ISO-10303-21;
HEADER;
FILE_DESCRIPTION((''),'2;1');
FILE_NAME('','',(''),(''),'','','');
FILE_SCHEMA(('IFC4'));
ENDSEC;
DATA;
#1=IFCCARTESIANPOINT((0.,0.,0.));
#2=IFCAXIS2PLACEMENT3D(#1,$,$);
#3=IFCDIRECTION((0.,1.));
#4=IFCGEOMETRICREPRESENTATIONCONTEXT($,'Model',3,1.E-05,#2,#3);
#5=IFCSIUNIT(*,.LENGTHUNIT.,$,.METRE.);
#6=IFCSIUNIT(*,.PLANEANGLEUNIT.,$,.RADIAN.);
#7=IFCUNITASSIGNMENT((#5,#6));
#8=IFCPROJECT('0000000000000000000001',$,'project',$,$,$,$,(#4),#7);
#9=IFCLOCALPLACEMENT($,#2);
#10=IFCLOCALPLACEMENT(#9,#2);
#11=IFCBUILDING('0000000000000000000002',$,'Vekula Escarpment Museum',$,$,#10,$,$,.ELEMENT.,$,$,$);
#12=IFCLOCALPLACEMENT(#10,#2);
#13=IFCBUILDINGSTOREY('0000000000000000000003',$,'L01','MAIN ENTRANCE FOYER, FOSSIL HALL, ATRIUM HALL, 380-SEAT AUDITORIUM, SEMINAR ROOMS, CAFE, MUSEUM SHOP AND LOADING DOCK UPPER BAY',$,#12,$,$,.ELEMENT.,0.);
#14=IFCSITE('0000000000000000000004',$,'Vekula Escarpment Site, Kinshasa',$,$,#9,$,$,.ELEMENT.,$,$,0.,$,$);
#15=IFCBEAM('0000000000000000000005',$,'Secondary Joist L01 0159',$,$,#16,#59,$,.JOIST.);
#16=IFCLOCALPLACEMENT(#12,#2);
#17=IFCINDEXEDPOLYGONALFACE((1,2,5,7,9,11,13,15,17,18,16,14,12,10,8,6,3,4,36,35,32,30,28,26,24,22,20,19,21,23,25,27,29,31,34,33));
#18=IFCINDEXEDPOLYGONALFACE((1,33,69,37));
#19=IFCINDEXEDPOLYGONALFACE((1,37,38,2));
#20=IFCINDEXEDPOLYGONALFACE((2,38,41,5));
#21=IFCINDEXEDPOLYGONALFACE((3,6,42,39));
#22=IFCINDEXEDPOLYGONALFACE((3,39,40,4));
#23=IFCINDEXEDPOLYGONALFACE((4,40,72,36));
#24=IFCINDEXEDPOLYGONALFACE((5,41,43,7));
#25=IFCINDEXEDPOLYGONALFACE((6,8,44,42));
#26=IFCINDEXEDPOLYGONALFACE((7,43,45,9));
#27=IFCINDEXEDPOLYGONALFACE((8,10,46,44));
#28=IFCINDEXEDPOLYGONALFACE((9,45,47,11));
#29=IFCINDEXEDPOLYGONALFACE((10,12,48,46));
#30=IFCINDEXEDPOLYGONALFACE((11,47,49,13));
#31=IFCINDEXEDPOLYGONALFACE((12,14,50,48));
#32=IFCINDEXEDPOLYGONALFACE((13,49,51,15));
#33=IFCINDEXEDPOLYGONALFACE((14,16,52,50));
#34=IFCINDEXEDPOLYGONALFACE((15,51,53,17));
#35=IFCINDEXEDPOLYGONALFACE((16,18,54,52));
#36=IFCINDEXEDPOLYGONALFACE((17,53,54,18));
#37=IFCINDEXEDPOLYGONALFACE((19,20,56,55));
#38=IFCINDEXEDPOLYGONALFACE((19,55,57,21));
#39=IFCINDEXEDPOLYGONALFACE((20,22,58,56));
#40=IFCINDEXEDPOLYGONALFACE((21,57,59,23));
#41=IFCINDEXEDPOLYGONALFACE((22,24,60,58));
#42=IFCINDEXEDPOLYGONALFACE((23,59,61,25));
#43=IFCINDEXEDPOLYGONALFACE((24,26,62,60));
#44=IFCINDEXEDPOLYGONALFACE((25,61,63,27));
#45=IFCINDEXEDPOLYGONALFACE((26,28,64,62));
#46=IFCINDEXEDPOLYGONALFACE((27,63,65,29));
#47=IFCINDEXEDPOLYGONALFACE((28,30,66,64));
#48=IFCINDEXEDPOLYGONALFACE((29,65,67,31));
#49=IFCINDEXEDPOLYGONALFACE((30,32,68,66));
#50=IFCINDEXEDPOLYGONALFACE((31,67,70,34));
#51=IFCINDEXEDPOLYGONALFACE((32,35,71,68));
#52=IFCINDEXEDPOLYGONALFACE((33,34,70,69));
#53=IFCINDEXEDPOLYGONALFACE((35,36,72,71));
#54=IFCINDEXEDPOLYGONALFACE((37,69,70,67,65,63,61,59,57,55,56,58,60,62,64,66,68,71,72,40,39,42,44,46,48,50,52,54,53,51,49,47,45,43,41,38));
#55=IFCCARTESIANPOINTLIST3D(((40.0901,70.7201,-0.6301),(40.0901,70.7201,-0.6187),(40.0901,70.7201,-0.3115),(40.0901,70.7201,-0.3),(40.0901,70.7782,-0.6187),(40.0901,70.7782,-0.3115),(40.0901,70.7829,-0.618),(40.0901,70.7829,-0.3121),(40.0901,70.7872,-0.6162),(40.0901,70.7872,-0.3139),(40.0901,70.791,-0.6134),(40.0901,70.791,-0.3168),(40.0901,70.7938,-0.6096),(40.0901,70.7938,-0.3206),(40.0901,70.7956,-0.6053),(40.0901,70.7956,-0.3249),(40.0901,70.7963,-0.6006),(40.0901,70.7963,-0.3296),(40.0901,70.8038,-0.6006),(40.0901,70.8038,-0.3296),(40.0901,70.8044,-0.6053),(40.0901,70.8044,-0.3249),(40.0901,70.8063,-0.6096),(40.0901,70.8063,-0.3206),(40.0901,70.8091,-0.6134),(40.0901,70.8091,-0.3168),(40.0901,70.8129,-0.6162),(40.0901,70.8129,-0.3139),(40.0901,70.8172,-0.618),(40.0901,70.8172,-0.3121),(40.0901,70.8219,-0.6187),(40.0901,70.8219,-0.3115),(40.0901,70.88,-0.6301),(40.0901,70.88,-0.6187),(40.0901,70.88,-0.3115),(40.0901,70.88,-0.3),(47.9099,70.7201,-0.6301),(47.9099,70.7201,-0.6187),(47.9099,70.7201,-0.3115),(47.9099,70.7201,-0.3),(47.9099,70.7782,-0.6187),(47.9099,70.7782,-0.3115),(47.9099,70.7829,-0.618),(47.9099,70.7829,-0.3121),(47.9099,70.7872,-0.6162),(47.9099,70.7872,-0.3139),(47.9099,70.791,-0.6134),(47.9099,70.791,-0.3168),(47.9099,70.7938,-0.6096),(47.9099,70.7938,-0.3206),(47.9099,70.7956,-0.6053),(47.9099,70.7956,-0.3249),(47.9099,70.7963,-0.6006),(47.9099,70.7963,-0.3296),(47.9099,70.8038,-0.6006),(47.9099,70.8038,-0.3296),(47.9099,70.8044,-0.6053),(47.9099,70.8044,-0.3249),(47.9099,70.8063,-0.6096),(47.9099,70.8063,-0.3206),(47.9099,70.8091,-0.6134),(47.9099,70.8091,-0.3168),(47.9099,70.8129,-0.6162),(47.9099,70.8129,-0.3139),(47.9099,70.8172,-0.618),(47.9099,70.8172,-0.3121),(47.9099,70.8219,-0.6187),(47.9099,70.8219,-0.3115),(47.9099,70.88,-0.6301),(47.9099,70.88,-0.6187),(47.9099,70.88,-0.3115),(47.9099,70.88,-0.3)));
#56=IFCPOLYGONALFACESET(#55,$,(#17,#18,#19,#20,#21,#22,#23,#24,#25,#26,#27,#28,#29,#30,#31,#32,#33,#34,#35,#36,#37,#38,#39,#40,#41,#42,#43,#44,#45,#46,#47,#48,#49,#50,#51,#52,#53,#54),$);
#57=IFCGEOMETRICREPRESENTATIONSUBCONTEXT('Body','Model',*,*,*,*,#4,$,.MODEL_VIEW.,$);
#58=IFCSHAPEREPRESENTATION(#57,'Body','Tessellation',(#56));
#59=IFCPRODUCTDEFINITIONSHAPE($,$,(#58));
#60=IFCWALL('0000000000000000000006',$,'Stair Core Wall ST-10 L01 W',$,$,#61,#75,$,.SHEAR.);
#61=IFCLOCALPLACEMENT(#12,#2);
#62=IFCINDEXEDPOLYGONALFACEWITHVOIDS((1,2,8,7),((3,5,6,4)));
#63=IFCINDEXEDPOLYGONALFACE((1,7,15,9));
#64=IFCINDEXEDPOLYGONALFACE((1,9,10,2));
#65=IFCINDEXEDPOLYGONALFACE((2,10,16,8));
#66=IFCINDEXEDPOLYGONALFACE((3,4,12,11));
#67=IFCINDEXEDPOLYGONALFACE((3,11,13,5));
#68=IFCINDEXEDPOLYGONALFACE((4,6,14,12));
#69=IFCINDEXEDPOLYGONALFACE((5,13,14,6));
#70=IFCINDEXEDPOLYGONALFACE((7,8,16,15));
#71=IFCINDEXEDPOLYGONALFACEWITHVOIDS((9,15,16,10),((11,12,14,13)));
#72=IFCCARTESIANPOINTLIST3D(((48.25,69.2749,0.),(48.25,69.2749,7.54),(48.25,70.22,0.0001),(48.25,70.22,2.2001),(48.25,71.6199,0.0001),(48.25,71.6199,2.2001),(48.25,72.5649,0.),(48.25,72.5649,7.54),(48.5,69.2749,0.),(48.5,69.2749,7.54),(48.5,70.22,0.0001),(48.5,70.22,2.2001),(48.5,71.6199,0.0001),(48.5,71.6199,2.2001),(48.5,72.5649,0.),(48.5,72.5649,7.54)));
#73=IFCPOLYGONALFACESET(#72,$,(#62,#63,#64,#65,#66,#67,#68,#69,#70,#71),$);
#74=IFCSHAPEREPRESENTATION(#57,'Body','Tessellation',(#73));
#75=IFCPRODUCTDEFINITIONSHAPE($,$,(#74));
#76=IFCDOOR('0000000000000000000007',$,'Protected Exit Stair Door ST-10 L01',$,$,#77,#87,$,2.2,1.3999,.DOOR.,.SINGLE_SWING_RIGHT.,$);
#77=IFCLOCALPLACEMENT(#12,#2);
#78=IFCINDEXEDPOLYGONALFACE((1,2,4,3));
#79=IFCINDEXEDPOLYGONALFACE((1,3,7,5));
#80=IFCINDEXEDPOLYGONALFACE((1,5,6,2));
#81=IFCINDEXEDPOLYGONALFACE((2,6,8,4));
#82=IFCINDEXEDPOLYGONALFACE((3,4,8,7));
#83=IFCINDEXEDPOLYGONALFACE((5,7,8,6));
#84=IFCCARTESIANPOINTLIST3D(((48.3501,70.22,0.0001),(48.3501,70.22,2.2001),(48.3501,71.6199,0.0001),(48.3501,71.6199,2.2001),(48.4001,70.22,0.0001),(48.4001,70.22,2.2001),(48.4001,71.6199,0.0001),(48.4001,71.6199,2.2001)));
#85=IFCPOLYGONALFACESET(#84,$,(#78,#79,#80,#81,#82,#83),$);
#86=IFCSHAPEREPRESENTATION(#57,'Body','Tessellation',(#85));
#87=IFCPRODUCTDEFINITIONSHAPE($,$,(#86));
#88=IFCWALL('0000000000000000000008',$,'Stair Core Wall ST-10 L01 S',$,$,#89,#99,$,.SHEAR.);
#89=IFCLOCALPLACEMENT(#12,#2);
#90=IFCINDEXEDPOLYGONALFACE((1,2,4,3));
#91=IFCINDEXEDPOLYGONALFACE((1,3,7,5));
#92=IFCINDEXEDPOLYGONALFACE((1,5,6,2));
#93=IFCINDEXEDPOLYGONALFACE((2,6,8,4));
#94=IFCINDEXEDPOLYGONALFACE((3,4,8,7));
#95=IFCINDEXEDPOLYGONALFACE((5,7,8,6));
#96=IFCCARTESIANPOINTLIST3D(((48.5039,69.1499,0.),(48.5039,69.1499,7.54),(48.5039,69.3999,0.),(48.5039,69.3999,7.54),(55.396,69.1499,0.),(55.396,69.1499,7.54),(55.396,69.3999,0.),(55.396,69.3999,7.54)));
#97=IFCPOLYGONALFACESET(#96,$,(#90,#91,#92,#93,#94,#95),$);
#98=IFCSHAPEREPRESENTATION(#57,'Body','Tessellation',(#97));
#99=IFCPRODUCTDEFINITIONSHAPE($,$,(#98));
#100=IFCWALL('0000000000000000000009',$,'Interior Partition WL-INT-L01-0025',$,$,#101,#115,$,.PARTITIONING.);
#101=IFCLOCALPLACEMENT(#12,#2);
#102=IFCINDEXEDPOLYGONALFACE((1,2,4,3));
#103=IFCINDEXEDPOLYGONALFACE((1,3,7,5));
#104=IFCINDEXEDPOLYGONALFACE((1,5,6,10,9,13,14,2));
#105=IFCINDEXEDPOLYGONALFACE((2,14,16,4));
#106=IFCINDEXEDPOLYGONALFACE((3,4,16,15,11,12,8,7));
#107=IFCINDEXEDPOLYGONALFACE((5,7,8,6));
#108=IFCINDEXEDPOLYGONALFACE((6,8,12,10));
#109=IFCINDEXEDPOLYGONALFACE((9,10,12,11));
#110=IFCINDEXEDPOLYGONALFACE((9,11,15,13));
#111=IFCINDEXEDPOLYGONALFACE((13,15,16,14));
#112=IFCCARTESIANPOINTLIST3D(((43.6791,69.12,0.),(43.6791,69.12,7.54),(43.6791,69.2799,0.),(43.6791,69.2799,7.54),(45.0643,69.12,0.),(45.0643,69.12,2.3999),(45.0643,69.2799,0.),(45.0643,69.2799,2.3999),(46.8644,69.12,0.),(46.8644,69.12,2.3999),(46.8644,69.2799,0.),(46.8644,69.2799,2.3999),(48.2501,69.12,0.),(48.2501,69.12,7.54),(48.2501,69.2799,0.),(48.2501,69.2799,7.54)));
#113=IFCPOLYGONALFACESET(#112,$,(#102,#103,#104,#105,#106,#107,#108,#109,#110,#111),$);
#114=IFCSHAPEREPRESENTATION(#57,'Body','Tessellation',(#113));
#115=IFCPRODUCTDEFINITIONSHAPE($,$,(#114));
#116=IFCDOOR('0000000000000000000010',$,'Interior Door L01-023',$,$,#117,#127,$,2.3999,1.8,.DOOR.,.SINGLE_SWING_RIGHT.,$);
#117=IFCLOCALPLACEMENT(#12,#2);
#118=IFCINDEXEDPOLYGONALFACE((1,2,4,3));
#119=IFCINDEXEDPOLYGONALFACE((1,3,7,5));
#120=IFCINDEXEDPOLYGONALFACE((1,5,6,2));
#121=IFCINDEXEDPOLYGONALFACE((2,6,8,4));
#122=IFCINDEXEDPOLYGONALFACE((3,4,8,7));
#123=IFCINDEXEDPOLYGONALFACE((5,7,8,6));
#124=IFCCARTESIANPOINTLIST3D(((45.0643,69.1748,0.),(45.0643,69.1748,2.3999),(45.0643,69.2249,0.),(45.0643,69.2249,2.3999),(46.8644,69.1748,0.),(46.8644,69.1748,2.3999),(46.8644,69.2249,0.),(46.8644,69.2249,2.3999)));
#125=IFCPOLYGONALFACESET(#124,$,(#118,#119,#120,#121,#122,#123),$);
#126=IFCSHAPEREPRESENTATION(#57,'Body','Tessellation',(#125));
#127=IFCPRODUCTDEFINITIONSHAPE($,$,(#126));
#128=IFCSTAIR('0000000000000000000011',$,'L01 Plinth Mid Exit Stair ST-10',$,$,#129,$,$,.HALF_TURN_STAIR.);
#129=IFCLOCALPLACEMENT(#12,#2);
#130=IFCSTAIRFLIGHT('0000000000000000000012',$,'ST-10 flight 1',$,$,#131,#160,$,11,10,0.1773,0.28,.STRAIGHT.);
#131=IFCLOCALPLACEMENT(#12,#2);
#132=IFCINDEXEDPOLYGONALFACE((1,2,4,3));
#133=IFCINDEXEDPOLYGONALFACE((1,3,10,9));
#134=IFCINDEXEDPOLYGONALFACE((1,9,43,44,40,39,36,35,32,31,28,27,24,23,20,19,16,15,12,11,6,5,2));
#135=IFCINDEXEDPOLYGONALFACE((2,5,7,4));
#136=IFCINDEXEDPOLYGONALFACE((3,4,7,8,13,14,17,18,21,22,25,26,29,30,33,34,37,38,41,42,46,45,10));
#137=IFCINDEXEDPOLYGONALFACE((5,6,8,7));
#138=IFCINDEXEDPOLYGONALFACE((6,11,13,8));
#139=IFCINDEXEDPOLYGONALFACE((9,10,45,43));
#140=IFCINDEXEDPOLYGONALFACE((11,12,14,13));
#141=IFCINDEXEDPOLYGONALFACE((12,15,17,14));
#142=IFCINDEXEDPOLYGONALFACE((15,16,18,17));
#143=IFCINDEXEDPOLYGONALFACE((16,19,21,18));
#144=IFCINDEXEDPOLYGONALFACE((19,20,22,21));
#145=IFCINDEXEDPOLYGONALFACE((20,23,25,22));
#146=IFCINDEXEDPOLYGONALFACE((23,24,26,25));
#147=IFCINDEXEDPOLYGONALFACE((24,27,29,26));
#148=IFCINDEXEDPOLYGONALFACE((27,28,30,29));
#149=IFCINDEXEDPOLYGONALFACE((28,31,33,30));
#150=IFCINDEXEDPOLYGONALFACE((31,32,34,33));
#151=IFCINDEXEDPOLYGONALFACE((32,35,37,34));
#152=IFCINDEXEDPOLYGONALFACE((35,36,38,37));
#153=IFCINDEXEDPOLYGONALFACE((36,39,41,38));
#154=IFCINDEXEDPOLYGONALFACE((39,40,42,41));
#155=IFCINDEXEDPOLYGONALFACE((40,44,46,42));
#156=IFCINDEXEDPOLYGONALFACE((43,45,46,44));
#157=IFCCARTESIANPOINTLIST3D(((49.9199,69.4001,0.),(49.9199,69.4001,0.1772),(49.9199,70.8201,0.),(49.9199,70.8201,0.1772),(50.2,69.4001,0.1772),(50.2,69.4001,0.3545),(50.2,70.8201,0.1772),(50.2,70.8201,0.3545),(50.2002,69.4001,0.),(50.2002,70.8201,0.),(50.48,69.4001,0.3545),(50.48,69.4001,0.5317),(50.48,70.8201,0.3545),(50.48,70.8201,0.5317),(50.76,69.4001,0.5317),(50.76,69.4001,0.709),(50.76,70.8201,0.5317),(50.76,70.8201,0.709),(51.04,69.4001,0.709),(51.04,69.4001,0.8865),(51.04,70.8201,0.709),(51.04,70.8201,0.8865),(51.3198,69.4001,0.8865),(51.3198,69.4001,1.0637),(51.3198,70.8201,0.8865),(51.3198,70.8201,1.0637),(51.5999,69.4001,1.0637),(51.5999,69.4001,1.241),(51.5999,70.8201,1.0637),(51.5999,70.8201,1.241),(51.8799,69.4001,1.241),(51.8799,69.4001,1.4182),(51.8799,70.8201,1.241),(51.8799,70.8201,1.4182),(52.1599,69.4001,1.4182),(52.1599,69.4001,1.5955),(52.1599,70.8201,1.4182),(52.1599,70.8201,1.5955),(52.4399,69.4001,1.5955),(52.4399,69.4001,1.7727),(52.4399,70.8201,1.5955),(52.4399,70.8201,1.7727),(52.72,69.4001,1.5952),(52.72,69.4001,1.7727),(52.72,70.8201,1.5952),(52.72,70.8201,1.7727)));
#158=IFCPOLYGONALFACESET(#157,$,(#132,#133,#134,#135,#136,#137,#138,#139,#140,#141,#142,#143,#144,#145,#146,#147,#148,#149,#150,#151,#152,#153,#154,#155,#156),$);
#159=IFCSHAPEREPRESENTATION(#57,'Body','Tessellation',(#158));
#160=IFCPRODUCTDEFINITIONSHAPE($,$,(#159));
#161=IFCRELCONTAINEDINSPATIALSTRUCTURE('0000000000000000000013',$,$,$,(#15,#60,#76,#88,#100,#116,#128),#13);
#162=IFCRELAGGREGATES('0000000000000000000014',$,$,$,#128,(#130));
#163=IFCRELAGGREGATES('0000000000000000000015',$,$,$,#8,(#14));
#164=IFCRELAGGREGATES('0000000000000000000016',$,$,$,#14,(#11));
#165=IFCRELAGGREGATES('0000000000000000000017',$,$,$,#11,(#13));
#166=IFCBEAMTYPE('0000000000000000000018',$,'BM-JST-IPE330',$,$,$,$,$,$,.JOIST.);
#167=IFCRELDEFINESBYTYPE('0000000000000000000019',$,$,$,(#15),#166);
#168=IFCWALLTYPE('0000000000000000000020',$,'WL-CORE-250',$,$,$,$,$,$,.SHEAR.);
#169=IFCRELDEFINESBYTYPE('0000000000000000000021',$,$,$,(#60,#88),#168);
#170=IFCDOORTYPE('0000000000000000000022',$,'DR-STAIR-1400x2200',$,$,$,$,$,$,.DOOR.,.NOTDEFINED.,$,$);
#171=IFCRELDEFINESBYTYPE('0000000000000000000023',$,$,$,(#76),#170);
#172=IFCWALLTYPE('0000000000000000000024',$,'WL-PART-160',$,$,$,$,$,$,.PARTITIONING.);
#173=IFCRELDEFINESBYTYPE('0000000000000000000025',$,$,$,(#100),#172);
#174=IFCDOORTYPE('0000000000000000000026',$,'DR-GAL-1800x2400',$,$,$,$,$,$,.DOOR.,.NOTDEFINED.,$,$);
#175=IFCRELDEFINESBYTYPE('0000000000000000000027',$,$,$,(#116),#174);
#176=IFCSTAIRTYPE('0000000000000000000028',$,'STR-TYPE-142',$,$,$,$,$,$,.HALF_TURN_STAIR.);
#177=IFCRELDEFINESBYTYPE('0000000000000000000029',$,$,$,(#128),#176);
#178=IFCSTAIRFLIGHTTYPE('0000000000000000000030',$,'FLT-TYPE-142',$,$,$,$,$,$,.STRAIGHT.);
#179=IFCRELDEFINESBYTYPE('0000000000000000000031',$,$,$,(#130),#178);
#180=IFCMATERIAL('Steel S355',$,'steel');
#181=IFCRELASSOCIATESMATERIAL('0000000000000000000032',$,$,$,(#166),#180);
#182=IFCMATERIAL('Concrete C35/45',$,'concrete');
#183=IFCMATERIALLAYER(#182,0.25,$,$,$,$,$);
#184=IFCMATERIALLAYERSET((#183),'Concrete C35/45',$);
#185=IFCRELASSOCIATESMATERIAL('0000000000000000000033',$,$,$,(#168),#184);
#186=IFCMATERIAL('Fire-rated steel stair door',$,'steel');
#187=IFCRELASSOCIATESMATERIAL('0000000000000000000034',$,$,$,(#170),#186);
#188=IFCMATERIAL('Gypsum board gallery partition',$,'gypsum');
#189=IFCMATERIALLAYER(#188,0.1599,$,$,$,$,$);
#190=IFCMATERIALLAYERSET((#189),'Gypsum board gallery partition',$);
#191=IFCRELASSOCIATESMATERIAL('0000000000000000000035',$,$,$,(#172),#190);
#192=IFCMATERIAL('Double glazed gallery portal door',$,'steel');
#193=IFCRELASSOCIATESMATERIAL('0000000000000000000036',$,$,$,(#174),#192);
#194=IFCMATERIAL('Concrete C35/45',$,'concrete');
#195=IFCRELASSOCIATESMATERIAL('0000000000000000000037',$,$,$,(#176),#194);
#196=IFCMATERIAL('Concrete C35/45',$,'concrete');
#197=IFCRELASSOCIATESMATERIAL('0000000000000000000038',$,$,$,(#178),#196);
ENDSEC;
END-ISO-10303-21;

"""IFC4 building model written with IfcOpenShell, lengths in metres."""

from ifc_helpers import new_model, si_unit, direction, frame, frame_2d, origin, origin_2d, place, context, subcontext, project, spatial, polyline, rectangle, i_section, outline, extrude, material, layer, layer_set, material_profile, profile_set, type_object, element, fill, aggregate, save


model = new_model("IFC4")

# Units and contexts
model_context = context("Model", 3, precision=1e-05, world=origin(), true_north=direction((0.0, 1.0)))
body_context = subcontext(model_context, "Body", "Model", "MODEL_VIEW")
ifc_project = project(units=[si_unit("LENGTHUNIT", "METRE"), si_unit("PLANEANGLEUNIT", "RADIAN")], contexts=[model_context])

# Site, building, storey
site_placement = place(None, origin())
site = spatial("IfcSite", under=ifc_project, at=site_placement, Name="Vekula Escarpment Site, Kinshasa", CompositionType="ELEMENT", RefElevation=0.0)
building_placement = place(site_placement, origin())
building = spatial("IfcBuilding", under=site, at=building_placement, Name="Vekula Escarpment Museum", CompositionType="ELEMENT")
storey_placement = place(building_placement, origin())
storey = spatial("IfcBuildingStorey", under=building, at=storey_placement, Name="L01", Description="MAIN ENTRANCE FOYER, FOSSIL HALL, ATRIUM HALL, 380-SEAT AUDITORIUM, SEMINAR ROOMS, CAFE, MUSEUM SHOP AND LOADING DOCK UPPER BAY", CompositionType="ELEMENT", Elevation=0.0)

# Beam
ifc_material_1 = material(Name="Steel S355", Category="steel")
ifc_material_profile_1 = material_profile(ifc_material_1, i_section(OverallWidth=0.1599, OverallDepth=0.3301, WebThickness=0.0076, FlangeThickness=0.0115, FilletRadius=0.0181, at=origin_2d()), Name="IPE 330")
ifc_profile_set_1 = profile_set([ifc_material_profile_1], Name="Steel S355")
beam_type_1 = type_object("IfcBeamType", Name="BM-JST-IPE330", PredefinedType="JOIST", material=ifc_profile_set_1)
beam_1_placement = place(storey_placement, frame((40.0901, 70.8, -0.4651), z_axis=(1.0, 0.0, 0.0), x_axis=(0.0, 1.0, 0.0)))
element("IfcBeam", 1, at=beam_1_placement, inside=storey, type_object=beam_type_1, Name="Secondary Joist L01 0159", PredefinedType="JOIST", context=body_context, shape_type="SweptSolid", body=[
    extrude(i_section(OverallWidth=0.1599, OverallDepth=0.3301, WebThickness=0.0076, FlangeThickness=0.0115, FilletRadius=0.0181, at=origin_2d()), origin(), (0.0, 0.0, 1.0), 7.8198),
])

# Wall, opening, door
ifc_material_2 = material(Name="Concrete C35/45", Category="concrete")
ifc_layer_1 = layer(ifc_material_2, 0.25)
ifc_layer_set_1 = layer_set([ifc_layer_1], Name="Concrete C35/45")
wall_type_1 = type_object("IfcWallType", Name="WL-CORE-250", PredefinedType="SHEAR", material=ifc_layer_set_1)
wall_1_placement = place(storey_placement, frame((48.375, 69.2749, 0.0), z_axis=(0.0, 0.0, 1.0), x_axis=(0.0, 1.0, 0.0)))
wall_1 = element("IfcWall", 2, at=wall_1_placement, inside=storey, type_object=wall_type_1, Name="Stair Core Wall ST-10 L01 W", PredefinedType="SHEAR", context=body_context, shape_type="SweptSolid", body=[
    extrude(rectangle(XDim=3.29, YDim=0.25, at=frame_2d((1.645, 0.0))), origin(), (0.0, 0.0, 1.0), 7.54),
])
opening_1_placement = place(wall_1_placement, frame((0.9451, 0.0, 0.0)))
opening_1 = element("IfcOpeningElement", 3, at=opening_1_placement, cuts=wall_1, PredefinedType="OPENING", context=body_context, shape_type="SweptSolid", body=[
    extrude(rectangle(XDim=1.3999, YDim=2.2, at=frame_2d((0.7, 1.1001))), frame((0.0, 0.135, 0.0), z_axis=(0.0, -1.0, 0.0), x_axis=(1.0, 0.0, 0.0)), (0.0, 0.0, 1.0), 0.27),
])
ifc_material_3 = material(Name="Fire-rated steel stair door", Category="steel")
door_type_1 = type_object("IfcDoorType", Name="DR-STAIR-1400x2200", OperationType="NOTDEFINED", PredefinedType="DOOR", material=ifc_material_3)
door_1_placement = place(opening_1_placement, origin())
door_1 = element("IfcDoor", 4, at=door_1_placement, inside=storey, type_object=door_type_1, Name="Protected Exit Stair Door ST-10 L01", OperationType="SINGLE_SWING_RIGHT", OverallHeight=2.2, OverallWidth=1.3999, PredefinedType="DOOR", context=body_context, shape_type="SweptSolid", body=[
    extrude(rectangle(XDim=1.3999, YDim=2.2, at=frame_2d((0.7, 1.1001))), frame((0.0, 0.0249, 0.0), z_axis=(0.0, -1.0, 0.0), x_axis=(1.0, 0.0, 0.0)), (0.0, 0.0, 1.0), 0.05),
])
fill(opening_1, door_1)

# Wall
wall_2_placement = place(storey_placement, frame((48.5039, 69.2749, 0.0), z_axis=(0.0, 0.0, 1.0), x_axis=(1.0, 0.0, 0.0)))
element("IfcWall", 5, at=wall_2_placement, inside=storey, type_object=wall_type_1, Name="Stair Core Wall ST-10 L01 S", PredefinedType="SHEAR", context=body_context, shape_type="SweptSolid", body=[
    extrude(rectangle(XDim=6.8921, YDim=0.25, at=frame_2d((3.446, 0.0))), origin(), (0.0, 0.0, 1.0), 7.54),
])

# Wall, opening, door
ifc_material_4 = material(Name="Gypsum board gallery partition", Category="gypsum")
ifc_layer_2 = layer(ifc_material_4, 0.1599)
ifc_layer_set_2 = layer_set([ifc_layer_2], Name="Gypsum board gallery partition")
wall_type_2 = type_object("IfcWallType", Name="WL-PART-160", PredefinedType="PARTITIONING", material=ifc_layer_set_2)
wall_3_placement = place(storey_placement, frame((43.679, 69.2, 0.0), z_axis=(0.0, 0.0, 1.0), x_axis=(1.0, 0.0, 0.0)))
wall_3 = element("IfcWall", 6, at=wall_3_placement, inside=storey, type_object=wall_type_2, Name="Interior Partition WL-INT-L01-0025", PredefinedType="PARTITIONING", context=body_context, shape_type="SweptSolid", body=[
    extrude(rectangle(XDim=4.571, YDim=0.1599, at=frame_2d((2.2856, 0.0))), origin(), (0.0, 0.0, 1.0), 7.54),
])
opening_2_placement = place(wall_3_placement, frame((1.3855, 0.0, 0.0)))
opening_2 = element("IfcOpeningElement", 7, at=opening_2_placement, cuts=wall_3, PredefinedType="OPENING", context=body_context, shape_type="SweptSolid", body=[
    extrude(rectangle(XDim=1.8, YDim=2.3999, at=frame_2d((0.8999, 1.2))), frame((0.0, 0.0898, 0.0), z_axis=(0.0, -1.0, 0.0), x_axis=(1.0, 0.0, 0.0)), (0.0, 0.0, 1.0), 0.1799),
])
ifc_material_5 = material(Name="Double glazed gallery portal door", Category="steel")
door_type_2 = type_object("IfcDoorType", Name="DR-GAL-1800x2400", OperationType="NOTDEFINED", PredefinedType="DOOR", material=ifc_material_5)
door_2_placement = place(opening_2_placement, origin())
door_2 = element("IfcDoor", 8, at=door_2_placement, inside=storey, type_object=door_type_2, Name="Interior Door L01-023", OperationType="SINGLE_SWING_RIGHT", OverallHeight=2.3999, OverallWidth=1.8, PredefinedType="DOOR", context=body_context, shape_type="SweptSolid", body=[
    extrude(rectangle(XDim=1.8, YDim=2.3999, at=frame_2d((0.8999, 1.2))), frame((0.0, 0.0249, 0.0), z_axis=(0.0, -1.0, 0.0), x_axis=(1.0, 0.0, 0.0)), (0.0, 0.0, 1.0), 0.05),
])
fill(opening_2, door_2)

# Stair, stair flight
ifc_material_6 = material(Name="Concrete C35/45", Category="concrete")
stair_type = type_object("IfcStairType", Name="STR-TYPE-142", PredefinedType="HALF_TURN_STAIR", material=ifc_material_6)
stair_placement = place(storey_placement, origin())
stair = element("IfcStair", 9, at=stair_placement, inside=storey, type_object=stair_type, Name="L01 Plinth Mid Exit Stair ST-10", PredefinedType="HALF_TURN_STAIR")
ifc_material_7 = material(Name="Concrete C35/45", Category="concrete")
stair_flight_type = type_object("IfcStairFlightType", Name="FLT-TYPE-142", PredefinedType="STRAIGHT", material=ifc_material_7)
stair_flight_1_placement = place(storey_placement, frame((49.9199, 70.1101, 0.0), z_axis=(0.0, 0.0, 1.0), x_axis=(1.0, 0.0, 0.0)))
stair_flight_1 = element("IfcStairFlight", 10, at=stair_flight_1_placement, type_object=stair_flight_type, Name="ST-10 flight 1", NumberOfRisers=11, NumberOfTreads=10, PredefinedType="STRAIGHT", RiserHeight=0.1773, TreadLength=0.28, context=body_context, shape_type="SweptSolid", body=[
    extrude(outline(polyline([(0.0, 0.0), (0.0, 0.1772), (0.28, 0.1772), (0.28, 0.3545), (0.5601, 0.3545), (0.5601, 0.5317), (0.8401, 0.5317), (0.8401, 0.709), (1.1201, 0.709), (1.1201, 0.8865), (1.3999, 0.8865), (1.3999, 1.0637), (1.6799, 1.0637), (1.6799, 1.241), (1.96, 1.241), (1.96, 1.4182), (2.24, 1.4182), (2.24, 1.5955), (2.52, 1.5955), (2.52, 1.7727), (2.8, 1.7727), (2.8, 1.95), (2.8, 1.5952), (0.2803, 0.0), (0.0, 0.0)])), frame((0.0, 0.71, 0.0), z_axis=(0.0, -1.0, 0.0), x_axis=(1.0, 0.0, 0.0)), (0.0, 0.0, 1.0), 1.4199),
])
aggregate(stair, [stair_flight_1])

save(model, "model.ifc")
